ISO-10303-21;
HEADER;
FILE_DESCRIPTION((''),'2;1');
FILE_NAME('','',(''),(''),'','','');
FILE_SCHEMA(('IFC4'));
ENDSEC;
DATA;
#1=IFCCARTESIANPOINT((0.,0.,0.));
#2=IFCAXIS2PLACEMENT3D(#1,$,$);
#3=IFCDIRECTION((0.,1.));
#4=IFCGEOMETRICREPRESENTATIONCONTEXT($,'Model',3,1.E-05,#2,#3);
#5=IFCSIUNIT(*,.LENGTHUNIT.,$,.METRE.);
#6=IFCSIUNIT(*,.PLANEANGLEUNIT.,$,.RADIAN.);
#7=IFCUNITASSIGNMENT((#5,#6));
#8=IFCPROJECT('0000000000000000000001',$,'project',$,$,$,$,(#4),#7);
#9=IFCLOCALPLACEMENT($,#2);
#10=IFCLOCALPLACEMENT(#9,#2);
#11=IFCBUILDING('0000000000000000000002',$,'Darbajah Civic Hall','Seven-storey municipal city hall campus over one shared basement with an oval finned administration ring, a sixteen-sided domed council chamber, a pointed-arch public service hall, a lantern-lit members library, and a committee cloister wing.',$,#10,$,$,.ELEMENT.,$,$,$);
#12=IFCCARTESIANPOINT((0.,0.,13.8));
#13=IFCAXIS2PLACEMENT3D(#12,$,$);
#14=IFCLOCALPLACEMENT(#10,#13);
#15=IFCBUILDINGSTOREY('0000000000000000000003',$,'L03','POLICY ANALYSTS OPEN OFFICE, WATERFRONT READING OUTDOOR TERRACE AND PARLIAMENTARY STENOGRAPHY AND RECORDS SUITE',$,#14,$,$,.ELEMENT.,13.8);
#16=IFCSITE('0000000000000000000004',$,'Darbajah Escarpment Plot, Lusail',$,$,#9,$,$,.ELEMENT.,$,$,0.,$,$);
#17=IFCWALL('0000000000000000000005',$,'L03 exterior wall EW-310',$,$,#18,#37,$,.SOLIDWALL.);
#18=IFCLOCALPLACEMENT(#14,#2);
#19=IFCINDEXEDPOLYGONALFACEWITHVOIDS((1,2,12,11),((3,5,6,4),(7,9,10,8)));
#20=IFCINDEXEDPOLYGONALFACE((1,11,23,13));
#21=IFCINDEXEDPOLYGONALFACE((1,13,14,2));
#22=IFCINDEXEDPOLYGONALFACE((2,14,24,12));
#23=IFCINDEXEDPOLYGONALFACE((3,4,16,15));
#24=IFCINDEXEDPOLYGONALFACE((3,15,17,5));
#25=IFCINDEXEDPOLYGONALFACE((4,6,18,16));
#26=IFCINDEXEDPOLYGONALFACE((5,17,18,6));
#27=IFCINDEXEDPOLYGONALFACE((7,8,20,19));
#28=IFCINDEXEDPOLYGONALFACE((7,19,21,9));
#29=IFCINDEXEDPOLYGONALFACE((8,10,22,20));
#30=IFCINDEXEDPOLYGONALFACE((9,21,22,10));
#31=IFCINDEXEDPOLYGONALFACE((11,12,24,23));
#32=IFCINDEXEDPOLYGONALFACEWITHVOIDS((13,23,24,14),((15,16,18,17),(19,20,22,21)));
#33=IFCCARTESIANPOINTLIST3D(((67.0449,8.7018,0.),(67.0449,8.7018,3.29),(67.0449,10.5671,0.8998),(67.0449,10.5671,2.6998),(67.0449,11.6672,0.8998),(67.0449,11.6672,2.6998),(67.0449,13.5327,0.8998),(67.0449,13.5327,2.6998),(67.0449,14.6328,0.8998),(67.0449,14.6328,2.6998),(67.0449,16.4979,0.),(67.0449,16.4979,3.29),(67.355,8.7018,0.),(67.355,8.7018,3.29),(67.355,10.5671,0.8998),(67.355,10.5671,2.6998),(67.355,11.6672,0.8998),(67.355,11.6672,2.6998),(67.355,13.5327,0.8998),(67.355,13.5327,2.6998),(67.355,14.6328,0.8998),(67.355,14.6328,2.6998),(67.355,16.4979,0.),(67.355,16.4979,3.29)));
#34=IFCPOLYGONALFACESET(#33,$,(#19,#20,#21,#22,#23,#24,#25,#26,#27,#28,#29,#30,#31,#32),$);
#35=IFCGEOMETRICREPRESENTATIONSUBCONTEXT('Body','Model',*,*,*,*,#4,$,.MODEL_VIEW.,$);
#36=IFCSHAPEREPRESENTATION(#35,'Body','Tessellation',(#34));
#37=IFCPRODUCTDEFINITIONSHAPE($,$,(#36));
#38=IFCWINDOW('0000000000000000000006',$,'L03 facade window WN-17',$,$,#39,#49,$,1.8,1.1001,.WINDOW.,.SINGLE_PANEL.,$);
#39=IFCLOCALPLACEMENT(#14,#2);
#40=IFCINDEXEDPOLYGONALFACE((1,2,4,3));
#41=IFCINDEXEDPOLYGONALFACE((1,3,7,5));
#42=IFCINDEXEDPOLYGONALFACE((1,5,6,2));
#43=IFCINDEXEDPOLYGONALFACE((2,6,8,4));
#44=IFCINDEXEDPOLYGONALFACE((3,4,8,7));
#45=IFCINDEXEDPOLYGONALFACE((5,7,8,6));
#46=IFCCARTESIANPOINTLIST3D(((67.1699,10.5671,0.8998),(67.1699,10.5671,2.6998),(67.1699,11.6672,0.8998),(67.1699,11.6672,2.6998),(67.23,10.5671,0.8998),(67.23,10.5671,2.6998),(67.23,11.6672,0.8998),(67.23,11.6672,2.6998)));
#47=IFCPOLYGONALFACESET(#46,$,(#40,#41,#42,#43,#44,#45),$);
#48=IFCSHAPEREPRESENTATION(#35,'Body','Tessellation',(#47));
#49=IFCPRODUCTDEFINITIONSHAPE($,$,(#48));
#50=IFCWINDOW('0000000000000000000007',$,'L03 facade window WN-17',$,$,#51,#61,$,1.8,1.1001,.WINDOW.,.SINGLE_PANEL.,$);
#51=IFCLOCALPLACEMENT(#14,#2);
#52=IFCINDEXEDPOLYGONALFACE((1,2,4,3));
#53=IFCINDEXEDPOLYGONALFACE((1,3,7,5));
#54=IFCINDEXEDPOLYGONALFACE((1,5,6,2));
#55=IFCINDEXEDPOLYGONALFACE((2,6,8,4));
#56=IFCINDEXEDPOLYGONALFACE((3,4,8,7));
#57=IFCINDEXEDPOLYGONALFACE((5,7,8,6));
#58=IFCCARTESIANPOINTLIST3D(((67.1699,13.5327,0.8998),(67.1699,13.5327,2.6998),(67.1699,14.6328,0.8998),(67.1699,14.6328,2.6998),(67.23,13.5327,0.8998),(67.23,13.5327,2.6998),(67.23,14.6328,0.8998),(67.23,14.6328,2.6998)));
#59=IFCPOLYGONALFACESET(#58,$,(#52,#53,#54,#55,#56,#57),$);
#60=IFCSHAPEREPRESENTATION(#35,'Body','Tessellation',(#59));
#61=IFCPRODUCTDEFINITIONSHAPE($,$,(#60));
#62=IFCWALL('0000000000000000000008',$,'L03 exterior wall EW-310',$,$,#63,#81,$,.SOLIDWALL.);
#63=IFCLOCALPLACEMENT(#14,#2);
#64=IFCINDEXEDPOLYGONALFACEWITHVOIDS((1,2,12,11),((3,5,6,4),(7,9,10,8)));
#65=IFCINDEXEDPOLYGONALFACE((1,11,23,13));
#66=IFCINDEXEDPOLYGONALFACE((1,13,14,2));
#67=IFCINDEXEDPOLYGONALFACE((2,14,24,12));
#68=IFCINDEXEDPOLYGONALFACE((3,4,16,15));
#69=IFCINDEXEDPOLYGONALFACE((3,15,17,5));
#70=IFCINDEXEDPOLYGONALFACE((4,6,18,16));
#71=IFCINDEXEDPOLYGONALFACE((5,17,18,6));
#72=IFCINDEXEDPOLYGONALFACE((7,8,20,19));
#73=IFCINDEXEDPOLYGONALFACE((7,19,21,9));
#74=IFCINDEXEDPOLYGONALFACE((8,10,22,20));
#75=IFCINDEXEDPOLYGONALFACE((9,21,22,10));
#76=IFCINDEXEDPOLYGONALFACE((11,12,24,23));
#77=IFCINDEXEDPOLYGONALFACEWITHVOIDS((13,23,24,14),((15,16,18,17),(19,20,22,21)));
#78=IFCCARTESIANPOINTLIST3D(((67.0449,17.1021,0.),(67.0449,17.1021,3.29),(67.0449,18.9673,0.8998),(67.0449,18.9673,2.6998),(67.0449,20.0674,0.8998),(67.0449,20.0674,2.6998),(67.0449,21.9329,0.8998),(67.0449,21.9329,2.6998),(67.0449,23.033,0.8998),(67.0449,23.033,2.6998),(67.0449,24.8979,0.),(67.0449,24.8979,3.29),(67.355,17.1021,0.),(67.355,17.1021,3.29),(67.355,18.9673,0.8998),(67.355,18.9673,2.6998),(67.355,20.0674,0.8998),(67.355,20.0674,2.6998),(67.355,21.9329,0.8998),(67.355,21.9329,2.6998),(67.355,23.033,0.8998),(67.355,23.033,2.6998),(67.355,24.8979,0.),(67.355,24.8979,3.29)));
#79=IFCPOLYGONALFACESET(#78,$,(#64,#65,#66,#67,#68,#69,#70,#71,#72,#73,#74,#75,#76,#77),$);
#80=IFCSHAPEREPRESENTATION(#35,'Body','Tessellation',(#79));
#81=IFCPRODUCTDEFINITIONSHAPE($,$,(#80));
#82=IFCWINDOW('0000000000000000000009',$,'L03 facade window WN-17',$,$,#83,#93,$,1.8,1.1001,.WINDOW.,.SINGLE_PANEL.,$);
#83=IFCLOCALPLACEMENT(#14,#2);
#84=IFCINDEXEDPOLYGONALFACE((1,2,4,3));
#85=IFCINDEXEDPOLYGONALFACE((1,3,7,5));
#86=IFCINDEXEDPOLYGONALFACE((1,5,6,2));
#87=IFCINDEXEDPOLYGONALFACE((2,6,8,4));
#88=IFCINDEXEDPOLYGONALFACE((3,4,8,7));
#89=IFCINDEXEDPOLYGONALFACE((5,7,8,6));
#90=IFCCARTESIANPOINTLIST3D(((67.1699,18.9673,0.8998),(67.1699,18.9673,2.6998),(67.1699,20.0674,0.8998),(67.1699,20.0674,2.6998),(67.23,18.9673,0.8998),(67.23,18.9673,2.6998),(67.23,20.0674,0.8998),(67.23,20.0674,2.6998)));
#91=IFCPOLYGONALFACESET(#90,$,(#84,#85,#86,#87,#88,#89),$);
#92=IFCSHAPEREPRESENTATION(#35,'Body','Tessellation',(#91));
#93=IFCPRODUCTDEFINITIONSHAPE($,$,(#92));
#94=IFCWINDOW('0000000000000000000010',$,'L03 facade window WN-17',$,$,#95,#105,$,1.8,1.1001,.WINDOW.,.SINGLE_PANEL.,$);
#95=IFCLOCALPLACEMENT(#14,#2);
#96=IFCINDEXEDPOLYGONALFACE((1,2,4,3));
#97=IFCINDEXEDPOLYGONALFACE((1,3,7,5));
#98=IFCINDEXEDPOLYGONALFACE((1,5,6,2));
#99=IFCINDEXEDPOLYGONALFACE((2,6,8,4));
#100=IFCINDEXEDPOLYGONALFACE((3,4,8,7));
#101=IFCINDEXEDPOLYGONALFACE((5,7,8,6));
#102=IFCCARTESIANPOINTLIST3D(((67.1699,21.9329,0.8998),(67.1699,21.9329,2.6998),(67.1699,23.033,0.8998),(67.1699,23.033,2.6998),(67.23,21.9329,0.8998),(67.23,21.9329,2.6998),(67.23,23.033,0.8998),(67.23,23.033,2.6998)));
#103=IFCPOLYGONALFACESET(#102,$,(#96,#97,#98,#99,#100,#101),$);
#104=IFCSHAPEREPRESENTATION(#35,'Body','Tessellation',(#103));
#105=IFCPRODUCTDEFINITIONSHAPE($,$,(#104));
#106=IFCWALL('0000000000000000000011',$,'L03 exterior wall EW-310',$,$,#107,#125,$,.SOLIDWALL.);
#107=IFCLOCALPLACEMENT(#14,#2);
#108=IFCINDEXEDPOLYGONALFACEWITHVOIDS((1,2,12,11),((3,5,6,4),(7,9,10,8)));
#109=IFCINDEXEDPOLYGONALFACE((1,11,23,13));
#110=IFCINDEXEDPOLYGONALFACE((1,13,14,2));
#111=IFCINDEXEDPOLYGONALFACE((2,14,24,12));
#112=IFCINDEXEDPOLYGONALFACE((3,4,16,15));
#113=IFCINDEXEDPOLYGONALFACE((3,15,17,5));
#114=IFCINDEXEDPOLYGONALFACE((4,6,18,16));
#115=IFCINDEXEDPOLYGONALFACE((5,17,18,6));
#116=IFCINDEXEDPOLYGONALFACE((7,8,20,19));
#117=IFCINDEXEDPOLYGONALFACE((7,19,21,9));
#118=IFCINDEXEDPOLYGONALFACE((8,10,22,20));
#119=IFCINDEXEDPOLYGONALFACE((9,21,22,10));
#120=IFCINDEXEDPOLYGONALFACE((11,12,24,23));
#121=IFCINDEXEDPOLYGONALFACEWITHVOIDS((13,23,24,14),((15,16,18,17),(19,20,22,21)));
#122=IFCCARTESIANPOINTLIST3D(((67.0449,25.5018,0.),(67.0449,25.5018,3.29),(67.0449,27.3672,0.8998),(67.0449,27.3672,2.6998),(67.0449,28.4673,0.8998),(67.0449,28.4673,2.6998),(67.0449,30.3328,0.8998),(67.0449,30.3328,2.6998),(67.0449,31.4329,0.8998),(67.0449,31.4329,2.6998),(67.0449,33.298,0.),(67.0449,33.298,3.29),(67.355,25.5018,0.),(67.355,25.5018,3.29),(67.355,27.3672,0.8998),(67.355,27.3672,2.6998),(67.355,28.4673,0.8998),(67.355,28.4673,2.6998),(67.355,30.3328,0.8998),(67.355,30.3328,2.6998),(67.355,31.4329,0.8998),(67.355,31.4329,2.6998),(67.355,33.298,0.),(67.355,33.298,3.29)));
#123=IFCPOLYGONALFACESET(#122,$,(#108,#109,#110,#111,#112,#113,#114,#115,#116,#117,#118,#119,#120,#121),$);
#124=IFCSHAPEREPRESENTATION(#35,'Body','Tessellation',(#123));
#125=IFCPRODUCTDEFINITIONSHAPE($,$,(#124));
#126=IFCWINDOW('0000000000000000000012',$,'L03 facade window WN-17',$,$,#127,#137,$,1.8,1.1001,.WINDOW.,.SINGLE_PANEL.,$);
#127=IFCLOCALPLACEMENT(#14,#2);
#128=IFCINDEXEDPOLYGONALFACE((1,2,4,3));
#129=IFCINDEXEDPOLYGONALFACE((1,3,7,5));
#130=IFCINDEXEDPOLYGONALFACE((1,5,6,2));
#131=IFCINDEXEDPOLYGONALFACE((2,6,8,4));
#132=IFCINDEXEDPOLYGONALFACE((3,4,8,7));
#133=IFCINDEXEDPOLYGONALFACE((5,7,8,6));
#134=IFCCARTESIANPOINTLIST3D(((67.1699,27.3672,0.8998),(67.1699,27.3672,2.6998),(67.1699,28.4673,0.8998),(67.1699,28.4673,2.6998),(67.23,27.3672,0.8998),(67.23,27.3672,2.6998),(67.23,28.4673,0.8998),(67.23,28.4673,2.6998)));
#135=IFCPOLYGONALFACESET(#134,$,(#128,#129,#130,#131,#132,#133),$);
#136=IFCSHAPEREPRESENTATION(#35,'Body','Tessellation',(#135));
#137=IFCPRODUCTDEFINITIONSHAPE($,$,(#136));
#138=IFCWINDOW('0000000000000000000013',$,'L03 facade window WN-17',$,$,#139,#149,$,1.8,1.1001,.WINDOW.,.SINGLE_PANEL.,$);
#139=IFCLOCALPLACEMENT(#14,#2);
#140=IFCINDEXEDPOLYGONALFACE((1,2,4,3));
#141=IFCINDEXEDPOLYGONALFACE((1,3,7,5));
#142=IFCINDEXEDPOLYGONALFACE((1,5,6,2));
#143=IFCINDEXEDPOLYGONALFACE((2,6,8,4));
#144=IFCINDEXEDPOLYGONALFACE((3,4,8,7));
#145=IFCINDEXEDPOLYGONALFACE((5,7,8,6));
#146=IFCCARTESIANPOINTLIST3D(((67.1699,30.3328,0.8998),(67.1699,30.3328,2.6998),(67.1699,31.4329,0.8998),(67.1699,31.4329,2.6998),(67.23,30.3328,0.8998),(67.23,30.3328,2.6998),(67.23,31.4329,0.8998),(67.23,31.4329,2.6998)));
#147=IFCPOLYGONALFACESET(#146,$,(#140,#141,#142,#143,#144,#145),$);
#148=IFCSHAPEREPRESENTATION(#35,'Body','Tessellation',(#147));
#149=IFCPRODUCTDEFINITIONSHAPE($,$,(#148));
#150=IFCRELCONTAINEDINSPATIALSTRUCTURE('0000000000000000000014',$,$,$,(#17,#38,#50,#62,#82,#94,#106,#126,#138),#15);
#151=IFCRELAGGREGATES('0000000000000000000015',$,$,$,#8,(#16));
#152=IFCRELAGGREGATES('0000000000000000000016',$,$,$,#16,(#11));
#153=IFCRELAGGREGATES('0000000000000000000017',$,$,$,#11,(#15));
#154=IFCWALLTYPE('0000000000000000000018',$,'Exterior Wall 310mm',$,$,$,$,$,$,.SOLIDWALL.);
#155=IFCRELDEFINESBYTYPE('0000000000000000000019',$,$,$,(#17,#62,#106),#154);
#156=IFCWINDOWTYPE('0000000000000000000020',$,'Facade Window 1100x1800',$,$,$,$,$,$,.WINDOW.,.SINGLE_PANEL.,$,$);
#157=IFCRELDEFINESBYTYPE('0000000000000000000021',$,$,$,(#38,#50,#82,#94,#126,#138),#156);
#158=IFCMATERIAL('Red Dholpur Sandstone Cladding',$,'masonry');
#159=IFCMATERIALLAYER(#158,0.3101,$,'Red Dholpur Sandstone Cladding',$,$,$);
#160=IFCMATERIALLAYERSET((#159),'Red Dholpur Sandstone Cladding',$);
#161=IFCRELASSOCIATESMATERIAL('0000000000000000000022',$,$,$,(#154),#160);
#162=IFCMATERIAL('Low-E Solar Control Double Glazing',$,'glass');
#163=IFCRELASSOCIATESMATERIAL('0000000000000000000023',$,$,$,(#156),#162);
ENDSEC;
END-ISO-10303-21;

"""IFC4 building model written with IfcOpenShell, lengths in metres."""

from ifc_helpers import new_model, si_unit, direction, frame, frame_2d, origin, place, context, subcontext, project, spatial, rectangle, extrude, material, layer, layer_set, type_object, element, fill, save


model = new_model("IFC4")

# Units and contexts
model_context = context("Model", 3, precision=1e-05, world=origin(), true_north=direction((0.0, 1.0)))
body_context = subcontext(model_context, "Body", "Model", "MODEL_VIEW")
ifc_project = project(units=[si_unit("LENGTHUNIT", "METRE"), si_unit("PLANEANGLEUNIT", "RADIAN")], contexts=[model_context])

# Site, building, storey
site_placement = place(None, origin())
site = spatial("IfcSite", under=ifc_project, at=site_placement, Name="Darbajah Escarpment Plot, Lusail", CompositionType="ELEMENT", RefElevation=0.0)
building_placement = place(site_placement, origin())
building = spatial("IfcBuilding", under=site, at=building_placement, Name="Darbajah Civic Hall", Description="Seven-storey municipal city hall campus over one shared basement with an oval finned administration ring, a sixteen-sided domed council chamber, a pointed-arch public service hall, a lantern-lit members library, and a committee cloister wing.", CompositionType="ELEMENT")
storey_placement = place(building_placement, frame((0.0, 0.0, 13.8)))
storey = spatial("IfcBuildingStorey", under=building, at=storey_placement, Name="L03", Description="POLICY ANALYSTS OPEN OFFICE, WATERFRONT READING OUTDOOR TERRACE AND PARLIAMENTARY STENOGRAPHY AND RECORDS SUITE", CompositionType="ELEMENT", Elevation=13.8)

# Walls, openings, windows
ifc_material_1 = material(Name="Red Dholpur Sandstone Cladding", Category="masonry")
ifc_layer = layer(ifc_material_1, 0.3101, Name="Red Dholpur Sandstone Cladding")
ifc_layer_set = layer_set([ifc_layer], Name="Red Dholpur Sandstone Cladding")
wall_type = type_object("IfcWallType", Name="Exterior Wall 310mm", PredefinedType="SOLIDWALL", material=ifc_layer_set)
ifc_material_2 = material(Name="Low-E Solar Control Double Glazing", Category="glass")
window_type = type_object("IfcWindowType", Name="Facade Window 1100x1800", PartitioningType="SINGLE_PANEL", PredefinedType="WINDOW", material=ifc_material_2)
wall_1_placement = place(storey_placement, frame((67.2, 8.7019, 0.0), z_axis=(0.0, 0.0, 1.0), x_axis=(0.0, 1.0, 0.0)))
wall_1 = element("IfcWall", 1, at=wall_1_placement, inside=storey, type_object=wall_type, Name="L03 exterior wall EW-310", PredefinedType="SOLIDWALL", context=body_context, shape_type="SweptSolid", body=[
    extrude(rectangle(XDim=7.7961, YDim=0.3101, at=frame_2d((3.8979, 0.0))), origin(), (0.0, 0.0, 1.0), 3.29),
])
opening_1_placement = place(wall_1_placement, frame((1.8652, 0.0, 0.8999)))
opening_1 = element("IfcOpeningElement", 2, at=opening_1_placement, cuts=wall_1, PredefinedType="OPENING", context=body_context, shape_type="SweptSolid", body=[
    extrude(rectangle(XDim=1.1001, YDim=1.8, at=frame_2d((0.55, 0.8999))), frame((0.0, 0.165, 0.0), z_axis=(0.0, -1.0, 0.0), x_axis=(1.0, 0.0, 0.0)), (0.0, 0.0, 1.0), 0.3301),
])
opening_2_placement = place(wall_1_placement, frame((4.8308, 0.0, 0.8999)))
opening_2 = element("IfcOpeningElement", 3, at=opening_2_placement, cuts=wall_1, PredefinedType="OPENING", context=body_context, shape_type="SweptSolid", body=[
    extrude(rectangle(XDim=1.1001, YDim=1.8, at=frame_2d((0.55, 0.8999))), frame((0.0, 0.165, 0.0), z_axis=(0.0, -1.0, 0.0), x_axis=(1.0, 0.0, 0.0)), (0.0, 0.0, 1.0), 0.3301),
])
window_1_placement = place(opening_1_placement, origin())
window_1 = element("IfcWindow", 4, at=window_1_placement, inside=storey, type_object=window_type, Name="L03 facade window WN-17", OverallHeight=1.8, OverallWidth=1.1001, PartitioningType="SINGLE_PANEL", PredefinedType="WINDOW", context=body_context, shape_type="SweptSolid", body=[
    extrude(rectangle(XDim=1.1001, YDim=1.8, at=frame_2d((0.55, 0.8999))), frame((0.0, 0.03, 0.0), z_axis=(0.0, -1.0, 0.0), x_axis=(1.0, 0.0, 0.0)), (0.0, 0.0, 1.0), 0.0601),
])
fill(opening_1, window_1)
window_2_placement = place(opening_2_placement, origin())
window_2 = element("IfcWindow", 5, at=window_2_placement, inside=storey, type_object=window_type, Name="L03 facade window WN-17", OverallHeight=1.8, OverallWidth=1.1001, PartitioningType="SINGLE_PANEL", PredefinedType="WINDOW", context=body_context, shape_type="SweptSolid", body=[
    extrude(rectangle(XDim=1.1001, YDim=1.8, at=frame_2d((0.55, 0.8999))), frame((0.0, 0.03, 0.0), z_axis=(0.0, -1.0, 0.0), x_axis=(1.0, 0.0, 0.0)), (0.0, 0.0, 1.0), 0.0601),
])
fill(opening_2, window_2)
wall_2_placement = place(storey_placement, frame((67.2, 17.1021, 0.0), z_axis=(0.0, 0.0, 1.0), x_axis=(0.0, 1.0, 0.0)))
wall_2 = element("IfcWall", 6, at=wall_2_placement, inside=storey, type_object=wall_type, Name="L03 exterior wall EW-310", PredefinedType="SOLIDWALL", context=body_context, shape_type="SweptSolid", body=[
    extrude(rectangle(XDim=7.7959, YDim=0.3101, at=frame_2d((3.8979, 0.0))), origin(), (0.0, 0.0, 1.0), 3.29),
])
opening_3_placement = place(wall_2_placement, frame((1.8652, 0.0, 0.8999)))
opening_3 = element("IfcOpeningElement", 7, at=opening_3_placement, cuts=wall_2, PredefinedType="OPENING", context=body_context, shape_type="SweptSolid", body=[
    extrude(rectangle(XDim=1.1001, YDim=1.8, at=frame_2d((0.55, 0.8999))), frame((0.0, 0.165, 0.0), z_axis=(0.0, -1.0, 0.0), x_axis=(1.0, 0.0, 0.0)), (0.0, 0.0, 1.0), 0.3301),
])
opening_4_placement = place(wall_2_placement, frame((4.8308, 0.0, 0.8999)))
opening_4 = element("IfcOpeningElement", 8, at=opening_4_placement, cuts=wall_2, PredefinedType="OPENING", context=body_context, shape_type="SweptSolid", body=[
    extrude(rectangle(XDim=1.1001, YDim=1.8, at=frame_2d((0.55, 0.8999))), frame((0.0, 0.165, 0.0), z_axis=(0.0, -1.0, 0.0), x_axis=(1.0, 0.0, 0.0)), (0.0, 0.0, 1.0), 0.3301),
])
window_3_placement = place(opening_3_placement, origin())
window_3 = element("IfcWindow", 9, at=window_3_placement, inside=storey, type_object=window_type, Name="L03 facade window WN-17", OverallHeight=1.8, OverallWidth=1.1001, PartitioningType="SINGLE_PANEL", PredefinedType="WINDOW", context=body_context, shape_type="SweptSolid", body=[
    extrude(rectangle(XDim=1.1001, YDim=1.8, at=frame_2d((0.55, 0.8999))), frame((0.0, 0.03, 0.0), z_axis=(0.0, -1.0, 0.0), x_axis=(1.0, 0.0, 0.0)), (0.0, 0.0, 1.0), 0.0601),
])
fill(opening_3, window_3)
window_4_placement = place(opening_4_placement, origin())
window_4 = element("IfcWindow", 10, at=window_4_placement, inside=storey, type_object=window_type, Name="L03 facade window WN-17", OverallHeight=1.8, OverallWidth=1.1001, PartitioningType="SINGLE_PANEL", PredefinedType="WINDOW", context=body_context, shape_type="SweptSolid", body=[
    extrude(rectangle(XDim=1.1001, YDim=1.8, at=frame_2d((0.55, 0.8999))), frame((0.0, 0.03, 0.0), z_axis=(0.0, -1.0, 0.0), x_axis=(1.0, 0.0, 0.0)), (0.0, 0.0, 1.0), 0.0601),
])
fill(opening_4, window_4)
wall_3_placement = place(storey_placement, frame((67.2, 25.502, 0.0), z_axis=(0.0, 0.0, 1.0), x_axis=(0.0, 1.0, 0.0)))
wall_3 = element("IfcWall", 11, at=wall_3_placement, inside=storey, type_object=wall_type, Name="L03 exterior wall EW-310", PredefinedType="SOLIDWALL", context=body_context, shape_type="SweptSolid", body=[
    extrude(rectangle(XDim=7.7961, YDim=0.3101, at=frame_2d((3.8979, 0.0))), origin(), (0.0, 0.0, 1.0), 3.29),
])
opening_5_placement = place(wall_3_placement, frame((1.8652, 0.0, 0.8999)))
opening_5 = element("IfcOpeningElement", 12, at=opening_5_placement, cuts=wall_3, PredefinedType="OPENING", context=body_context, shape_type="SweptSolid", body=[
    extrude(rectangle(XDim=1.1001, YDim=1.8, at=frame_2d((0.55, 0.8999))), frame((0.0, 0.165, 0.0), z_axis=(0.0, -1.0, 0.0), x_axis=(1.0, 0.0, 0.0)), (0.0, 0.0, 1.0), 0.3301),
])
opening_6_placement = place(wall_3_placement, frame((4.8308, 0.0, 0.8999)))
opening_6 = element("IfcOpeningElement", 13, at=opening_6_placement, cuts=wall_3, PredefinedType="OPENING", context=body_context, shape_type="SweptSolid", body=[
    extrude(rectangle(XDim=1.1001, YDim=1.8, at=frame_2d((0.55, 0.8999))), frame((0.0, 0.165, 0.0), z_axis=(0.0, -1.0, 0.0), x_axis=(1.0, 0.0, 0.0)), (0.0, 0.0, 1.0), 0.3301),
])
window_5_placement = place(opening_5_placement, origin())
window_5 = element("IfcWindow", 14, at=window_5_placement, inside=storey, type_object=window_type, Name="L03 facade window WN-17", OverallHeight=1.8, OverallWidth=1.1001, PartitioningType="SINGLE_PANEL", PredefinedType="WINDOW", context=body_context, shape_type="SweptSolid", body=[
    extrude(rectangle(XDim=1.1001, YDim=1.8, at=frame_2d((0.55, 0.8999))), frame((0.0, 0.03, 0.0), z_axis=(0.0, -1.0, 0.0), x_axis=(1.0, 0.0, 0.0)), (0.0, 0.0, 1.0), 0.0601),
])
fill(opening_5, window_5)
window_6_placement = place(opening_6_placement, origin())
window_6 = element("IfcWindow", 15, at=window_6_placement, inside=storey, type_object=window_type, Name="L03 facade window WN-17", OverallHeight=1.8, OverallWidth=1.1001, PartitioningType="SINGLE_PANEL", PredefinedType="WINDOW", context=body_context, shape_type="SweptSolid", body=[
    extrude(rectangle(XDim=1.1001, YDim=1.8, at=frame_2d((0.55, 0.8999))), frame((0.0, 0.03, 0.0), z_axis=(0.0, -1.0, 0.0), x_axis=(1.0, 0.0, 0.0)), (0.0, 0.0, 1.0), 0.0601),
])
fill(opening_6, window_6)

save(model, "model.ifc")
